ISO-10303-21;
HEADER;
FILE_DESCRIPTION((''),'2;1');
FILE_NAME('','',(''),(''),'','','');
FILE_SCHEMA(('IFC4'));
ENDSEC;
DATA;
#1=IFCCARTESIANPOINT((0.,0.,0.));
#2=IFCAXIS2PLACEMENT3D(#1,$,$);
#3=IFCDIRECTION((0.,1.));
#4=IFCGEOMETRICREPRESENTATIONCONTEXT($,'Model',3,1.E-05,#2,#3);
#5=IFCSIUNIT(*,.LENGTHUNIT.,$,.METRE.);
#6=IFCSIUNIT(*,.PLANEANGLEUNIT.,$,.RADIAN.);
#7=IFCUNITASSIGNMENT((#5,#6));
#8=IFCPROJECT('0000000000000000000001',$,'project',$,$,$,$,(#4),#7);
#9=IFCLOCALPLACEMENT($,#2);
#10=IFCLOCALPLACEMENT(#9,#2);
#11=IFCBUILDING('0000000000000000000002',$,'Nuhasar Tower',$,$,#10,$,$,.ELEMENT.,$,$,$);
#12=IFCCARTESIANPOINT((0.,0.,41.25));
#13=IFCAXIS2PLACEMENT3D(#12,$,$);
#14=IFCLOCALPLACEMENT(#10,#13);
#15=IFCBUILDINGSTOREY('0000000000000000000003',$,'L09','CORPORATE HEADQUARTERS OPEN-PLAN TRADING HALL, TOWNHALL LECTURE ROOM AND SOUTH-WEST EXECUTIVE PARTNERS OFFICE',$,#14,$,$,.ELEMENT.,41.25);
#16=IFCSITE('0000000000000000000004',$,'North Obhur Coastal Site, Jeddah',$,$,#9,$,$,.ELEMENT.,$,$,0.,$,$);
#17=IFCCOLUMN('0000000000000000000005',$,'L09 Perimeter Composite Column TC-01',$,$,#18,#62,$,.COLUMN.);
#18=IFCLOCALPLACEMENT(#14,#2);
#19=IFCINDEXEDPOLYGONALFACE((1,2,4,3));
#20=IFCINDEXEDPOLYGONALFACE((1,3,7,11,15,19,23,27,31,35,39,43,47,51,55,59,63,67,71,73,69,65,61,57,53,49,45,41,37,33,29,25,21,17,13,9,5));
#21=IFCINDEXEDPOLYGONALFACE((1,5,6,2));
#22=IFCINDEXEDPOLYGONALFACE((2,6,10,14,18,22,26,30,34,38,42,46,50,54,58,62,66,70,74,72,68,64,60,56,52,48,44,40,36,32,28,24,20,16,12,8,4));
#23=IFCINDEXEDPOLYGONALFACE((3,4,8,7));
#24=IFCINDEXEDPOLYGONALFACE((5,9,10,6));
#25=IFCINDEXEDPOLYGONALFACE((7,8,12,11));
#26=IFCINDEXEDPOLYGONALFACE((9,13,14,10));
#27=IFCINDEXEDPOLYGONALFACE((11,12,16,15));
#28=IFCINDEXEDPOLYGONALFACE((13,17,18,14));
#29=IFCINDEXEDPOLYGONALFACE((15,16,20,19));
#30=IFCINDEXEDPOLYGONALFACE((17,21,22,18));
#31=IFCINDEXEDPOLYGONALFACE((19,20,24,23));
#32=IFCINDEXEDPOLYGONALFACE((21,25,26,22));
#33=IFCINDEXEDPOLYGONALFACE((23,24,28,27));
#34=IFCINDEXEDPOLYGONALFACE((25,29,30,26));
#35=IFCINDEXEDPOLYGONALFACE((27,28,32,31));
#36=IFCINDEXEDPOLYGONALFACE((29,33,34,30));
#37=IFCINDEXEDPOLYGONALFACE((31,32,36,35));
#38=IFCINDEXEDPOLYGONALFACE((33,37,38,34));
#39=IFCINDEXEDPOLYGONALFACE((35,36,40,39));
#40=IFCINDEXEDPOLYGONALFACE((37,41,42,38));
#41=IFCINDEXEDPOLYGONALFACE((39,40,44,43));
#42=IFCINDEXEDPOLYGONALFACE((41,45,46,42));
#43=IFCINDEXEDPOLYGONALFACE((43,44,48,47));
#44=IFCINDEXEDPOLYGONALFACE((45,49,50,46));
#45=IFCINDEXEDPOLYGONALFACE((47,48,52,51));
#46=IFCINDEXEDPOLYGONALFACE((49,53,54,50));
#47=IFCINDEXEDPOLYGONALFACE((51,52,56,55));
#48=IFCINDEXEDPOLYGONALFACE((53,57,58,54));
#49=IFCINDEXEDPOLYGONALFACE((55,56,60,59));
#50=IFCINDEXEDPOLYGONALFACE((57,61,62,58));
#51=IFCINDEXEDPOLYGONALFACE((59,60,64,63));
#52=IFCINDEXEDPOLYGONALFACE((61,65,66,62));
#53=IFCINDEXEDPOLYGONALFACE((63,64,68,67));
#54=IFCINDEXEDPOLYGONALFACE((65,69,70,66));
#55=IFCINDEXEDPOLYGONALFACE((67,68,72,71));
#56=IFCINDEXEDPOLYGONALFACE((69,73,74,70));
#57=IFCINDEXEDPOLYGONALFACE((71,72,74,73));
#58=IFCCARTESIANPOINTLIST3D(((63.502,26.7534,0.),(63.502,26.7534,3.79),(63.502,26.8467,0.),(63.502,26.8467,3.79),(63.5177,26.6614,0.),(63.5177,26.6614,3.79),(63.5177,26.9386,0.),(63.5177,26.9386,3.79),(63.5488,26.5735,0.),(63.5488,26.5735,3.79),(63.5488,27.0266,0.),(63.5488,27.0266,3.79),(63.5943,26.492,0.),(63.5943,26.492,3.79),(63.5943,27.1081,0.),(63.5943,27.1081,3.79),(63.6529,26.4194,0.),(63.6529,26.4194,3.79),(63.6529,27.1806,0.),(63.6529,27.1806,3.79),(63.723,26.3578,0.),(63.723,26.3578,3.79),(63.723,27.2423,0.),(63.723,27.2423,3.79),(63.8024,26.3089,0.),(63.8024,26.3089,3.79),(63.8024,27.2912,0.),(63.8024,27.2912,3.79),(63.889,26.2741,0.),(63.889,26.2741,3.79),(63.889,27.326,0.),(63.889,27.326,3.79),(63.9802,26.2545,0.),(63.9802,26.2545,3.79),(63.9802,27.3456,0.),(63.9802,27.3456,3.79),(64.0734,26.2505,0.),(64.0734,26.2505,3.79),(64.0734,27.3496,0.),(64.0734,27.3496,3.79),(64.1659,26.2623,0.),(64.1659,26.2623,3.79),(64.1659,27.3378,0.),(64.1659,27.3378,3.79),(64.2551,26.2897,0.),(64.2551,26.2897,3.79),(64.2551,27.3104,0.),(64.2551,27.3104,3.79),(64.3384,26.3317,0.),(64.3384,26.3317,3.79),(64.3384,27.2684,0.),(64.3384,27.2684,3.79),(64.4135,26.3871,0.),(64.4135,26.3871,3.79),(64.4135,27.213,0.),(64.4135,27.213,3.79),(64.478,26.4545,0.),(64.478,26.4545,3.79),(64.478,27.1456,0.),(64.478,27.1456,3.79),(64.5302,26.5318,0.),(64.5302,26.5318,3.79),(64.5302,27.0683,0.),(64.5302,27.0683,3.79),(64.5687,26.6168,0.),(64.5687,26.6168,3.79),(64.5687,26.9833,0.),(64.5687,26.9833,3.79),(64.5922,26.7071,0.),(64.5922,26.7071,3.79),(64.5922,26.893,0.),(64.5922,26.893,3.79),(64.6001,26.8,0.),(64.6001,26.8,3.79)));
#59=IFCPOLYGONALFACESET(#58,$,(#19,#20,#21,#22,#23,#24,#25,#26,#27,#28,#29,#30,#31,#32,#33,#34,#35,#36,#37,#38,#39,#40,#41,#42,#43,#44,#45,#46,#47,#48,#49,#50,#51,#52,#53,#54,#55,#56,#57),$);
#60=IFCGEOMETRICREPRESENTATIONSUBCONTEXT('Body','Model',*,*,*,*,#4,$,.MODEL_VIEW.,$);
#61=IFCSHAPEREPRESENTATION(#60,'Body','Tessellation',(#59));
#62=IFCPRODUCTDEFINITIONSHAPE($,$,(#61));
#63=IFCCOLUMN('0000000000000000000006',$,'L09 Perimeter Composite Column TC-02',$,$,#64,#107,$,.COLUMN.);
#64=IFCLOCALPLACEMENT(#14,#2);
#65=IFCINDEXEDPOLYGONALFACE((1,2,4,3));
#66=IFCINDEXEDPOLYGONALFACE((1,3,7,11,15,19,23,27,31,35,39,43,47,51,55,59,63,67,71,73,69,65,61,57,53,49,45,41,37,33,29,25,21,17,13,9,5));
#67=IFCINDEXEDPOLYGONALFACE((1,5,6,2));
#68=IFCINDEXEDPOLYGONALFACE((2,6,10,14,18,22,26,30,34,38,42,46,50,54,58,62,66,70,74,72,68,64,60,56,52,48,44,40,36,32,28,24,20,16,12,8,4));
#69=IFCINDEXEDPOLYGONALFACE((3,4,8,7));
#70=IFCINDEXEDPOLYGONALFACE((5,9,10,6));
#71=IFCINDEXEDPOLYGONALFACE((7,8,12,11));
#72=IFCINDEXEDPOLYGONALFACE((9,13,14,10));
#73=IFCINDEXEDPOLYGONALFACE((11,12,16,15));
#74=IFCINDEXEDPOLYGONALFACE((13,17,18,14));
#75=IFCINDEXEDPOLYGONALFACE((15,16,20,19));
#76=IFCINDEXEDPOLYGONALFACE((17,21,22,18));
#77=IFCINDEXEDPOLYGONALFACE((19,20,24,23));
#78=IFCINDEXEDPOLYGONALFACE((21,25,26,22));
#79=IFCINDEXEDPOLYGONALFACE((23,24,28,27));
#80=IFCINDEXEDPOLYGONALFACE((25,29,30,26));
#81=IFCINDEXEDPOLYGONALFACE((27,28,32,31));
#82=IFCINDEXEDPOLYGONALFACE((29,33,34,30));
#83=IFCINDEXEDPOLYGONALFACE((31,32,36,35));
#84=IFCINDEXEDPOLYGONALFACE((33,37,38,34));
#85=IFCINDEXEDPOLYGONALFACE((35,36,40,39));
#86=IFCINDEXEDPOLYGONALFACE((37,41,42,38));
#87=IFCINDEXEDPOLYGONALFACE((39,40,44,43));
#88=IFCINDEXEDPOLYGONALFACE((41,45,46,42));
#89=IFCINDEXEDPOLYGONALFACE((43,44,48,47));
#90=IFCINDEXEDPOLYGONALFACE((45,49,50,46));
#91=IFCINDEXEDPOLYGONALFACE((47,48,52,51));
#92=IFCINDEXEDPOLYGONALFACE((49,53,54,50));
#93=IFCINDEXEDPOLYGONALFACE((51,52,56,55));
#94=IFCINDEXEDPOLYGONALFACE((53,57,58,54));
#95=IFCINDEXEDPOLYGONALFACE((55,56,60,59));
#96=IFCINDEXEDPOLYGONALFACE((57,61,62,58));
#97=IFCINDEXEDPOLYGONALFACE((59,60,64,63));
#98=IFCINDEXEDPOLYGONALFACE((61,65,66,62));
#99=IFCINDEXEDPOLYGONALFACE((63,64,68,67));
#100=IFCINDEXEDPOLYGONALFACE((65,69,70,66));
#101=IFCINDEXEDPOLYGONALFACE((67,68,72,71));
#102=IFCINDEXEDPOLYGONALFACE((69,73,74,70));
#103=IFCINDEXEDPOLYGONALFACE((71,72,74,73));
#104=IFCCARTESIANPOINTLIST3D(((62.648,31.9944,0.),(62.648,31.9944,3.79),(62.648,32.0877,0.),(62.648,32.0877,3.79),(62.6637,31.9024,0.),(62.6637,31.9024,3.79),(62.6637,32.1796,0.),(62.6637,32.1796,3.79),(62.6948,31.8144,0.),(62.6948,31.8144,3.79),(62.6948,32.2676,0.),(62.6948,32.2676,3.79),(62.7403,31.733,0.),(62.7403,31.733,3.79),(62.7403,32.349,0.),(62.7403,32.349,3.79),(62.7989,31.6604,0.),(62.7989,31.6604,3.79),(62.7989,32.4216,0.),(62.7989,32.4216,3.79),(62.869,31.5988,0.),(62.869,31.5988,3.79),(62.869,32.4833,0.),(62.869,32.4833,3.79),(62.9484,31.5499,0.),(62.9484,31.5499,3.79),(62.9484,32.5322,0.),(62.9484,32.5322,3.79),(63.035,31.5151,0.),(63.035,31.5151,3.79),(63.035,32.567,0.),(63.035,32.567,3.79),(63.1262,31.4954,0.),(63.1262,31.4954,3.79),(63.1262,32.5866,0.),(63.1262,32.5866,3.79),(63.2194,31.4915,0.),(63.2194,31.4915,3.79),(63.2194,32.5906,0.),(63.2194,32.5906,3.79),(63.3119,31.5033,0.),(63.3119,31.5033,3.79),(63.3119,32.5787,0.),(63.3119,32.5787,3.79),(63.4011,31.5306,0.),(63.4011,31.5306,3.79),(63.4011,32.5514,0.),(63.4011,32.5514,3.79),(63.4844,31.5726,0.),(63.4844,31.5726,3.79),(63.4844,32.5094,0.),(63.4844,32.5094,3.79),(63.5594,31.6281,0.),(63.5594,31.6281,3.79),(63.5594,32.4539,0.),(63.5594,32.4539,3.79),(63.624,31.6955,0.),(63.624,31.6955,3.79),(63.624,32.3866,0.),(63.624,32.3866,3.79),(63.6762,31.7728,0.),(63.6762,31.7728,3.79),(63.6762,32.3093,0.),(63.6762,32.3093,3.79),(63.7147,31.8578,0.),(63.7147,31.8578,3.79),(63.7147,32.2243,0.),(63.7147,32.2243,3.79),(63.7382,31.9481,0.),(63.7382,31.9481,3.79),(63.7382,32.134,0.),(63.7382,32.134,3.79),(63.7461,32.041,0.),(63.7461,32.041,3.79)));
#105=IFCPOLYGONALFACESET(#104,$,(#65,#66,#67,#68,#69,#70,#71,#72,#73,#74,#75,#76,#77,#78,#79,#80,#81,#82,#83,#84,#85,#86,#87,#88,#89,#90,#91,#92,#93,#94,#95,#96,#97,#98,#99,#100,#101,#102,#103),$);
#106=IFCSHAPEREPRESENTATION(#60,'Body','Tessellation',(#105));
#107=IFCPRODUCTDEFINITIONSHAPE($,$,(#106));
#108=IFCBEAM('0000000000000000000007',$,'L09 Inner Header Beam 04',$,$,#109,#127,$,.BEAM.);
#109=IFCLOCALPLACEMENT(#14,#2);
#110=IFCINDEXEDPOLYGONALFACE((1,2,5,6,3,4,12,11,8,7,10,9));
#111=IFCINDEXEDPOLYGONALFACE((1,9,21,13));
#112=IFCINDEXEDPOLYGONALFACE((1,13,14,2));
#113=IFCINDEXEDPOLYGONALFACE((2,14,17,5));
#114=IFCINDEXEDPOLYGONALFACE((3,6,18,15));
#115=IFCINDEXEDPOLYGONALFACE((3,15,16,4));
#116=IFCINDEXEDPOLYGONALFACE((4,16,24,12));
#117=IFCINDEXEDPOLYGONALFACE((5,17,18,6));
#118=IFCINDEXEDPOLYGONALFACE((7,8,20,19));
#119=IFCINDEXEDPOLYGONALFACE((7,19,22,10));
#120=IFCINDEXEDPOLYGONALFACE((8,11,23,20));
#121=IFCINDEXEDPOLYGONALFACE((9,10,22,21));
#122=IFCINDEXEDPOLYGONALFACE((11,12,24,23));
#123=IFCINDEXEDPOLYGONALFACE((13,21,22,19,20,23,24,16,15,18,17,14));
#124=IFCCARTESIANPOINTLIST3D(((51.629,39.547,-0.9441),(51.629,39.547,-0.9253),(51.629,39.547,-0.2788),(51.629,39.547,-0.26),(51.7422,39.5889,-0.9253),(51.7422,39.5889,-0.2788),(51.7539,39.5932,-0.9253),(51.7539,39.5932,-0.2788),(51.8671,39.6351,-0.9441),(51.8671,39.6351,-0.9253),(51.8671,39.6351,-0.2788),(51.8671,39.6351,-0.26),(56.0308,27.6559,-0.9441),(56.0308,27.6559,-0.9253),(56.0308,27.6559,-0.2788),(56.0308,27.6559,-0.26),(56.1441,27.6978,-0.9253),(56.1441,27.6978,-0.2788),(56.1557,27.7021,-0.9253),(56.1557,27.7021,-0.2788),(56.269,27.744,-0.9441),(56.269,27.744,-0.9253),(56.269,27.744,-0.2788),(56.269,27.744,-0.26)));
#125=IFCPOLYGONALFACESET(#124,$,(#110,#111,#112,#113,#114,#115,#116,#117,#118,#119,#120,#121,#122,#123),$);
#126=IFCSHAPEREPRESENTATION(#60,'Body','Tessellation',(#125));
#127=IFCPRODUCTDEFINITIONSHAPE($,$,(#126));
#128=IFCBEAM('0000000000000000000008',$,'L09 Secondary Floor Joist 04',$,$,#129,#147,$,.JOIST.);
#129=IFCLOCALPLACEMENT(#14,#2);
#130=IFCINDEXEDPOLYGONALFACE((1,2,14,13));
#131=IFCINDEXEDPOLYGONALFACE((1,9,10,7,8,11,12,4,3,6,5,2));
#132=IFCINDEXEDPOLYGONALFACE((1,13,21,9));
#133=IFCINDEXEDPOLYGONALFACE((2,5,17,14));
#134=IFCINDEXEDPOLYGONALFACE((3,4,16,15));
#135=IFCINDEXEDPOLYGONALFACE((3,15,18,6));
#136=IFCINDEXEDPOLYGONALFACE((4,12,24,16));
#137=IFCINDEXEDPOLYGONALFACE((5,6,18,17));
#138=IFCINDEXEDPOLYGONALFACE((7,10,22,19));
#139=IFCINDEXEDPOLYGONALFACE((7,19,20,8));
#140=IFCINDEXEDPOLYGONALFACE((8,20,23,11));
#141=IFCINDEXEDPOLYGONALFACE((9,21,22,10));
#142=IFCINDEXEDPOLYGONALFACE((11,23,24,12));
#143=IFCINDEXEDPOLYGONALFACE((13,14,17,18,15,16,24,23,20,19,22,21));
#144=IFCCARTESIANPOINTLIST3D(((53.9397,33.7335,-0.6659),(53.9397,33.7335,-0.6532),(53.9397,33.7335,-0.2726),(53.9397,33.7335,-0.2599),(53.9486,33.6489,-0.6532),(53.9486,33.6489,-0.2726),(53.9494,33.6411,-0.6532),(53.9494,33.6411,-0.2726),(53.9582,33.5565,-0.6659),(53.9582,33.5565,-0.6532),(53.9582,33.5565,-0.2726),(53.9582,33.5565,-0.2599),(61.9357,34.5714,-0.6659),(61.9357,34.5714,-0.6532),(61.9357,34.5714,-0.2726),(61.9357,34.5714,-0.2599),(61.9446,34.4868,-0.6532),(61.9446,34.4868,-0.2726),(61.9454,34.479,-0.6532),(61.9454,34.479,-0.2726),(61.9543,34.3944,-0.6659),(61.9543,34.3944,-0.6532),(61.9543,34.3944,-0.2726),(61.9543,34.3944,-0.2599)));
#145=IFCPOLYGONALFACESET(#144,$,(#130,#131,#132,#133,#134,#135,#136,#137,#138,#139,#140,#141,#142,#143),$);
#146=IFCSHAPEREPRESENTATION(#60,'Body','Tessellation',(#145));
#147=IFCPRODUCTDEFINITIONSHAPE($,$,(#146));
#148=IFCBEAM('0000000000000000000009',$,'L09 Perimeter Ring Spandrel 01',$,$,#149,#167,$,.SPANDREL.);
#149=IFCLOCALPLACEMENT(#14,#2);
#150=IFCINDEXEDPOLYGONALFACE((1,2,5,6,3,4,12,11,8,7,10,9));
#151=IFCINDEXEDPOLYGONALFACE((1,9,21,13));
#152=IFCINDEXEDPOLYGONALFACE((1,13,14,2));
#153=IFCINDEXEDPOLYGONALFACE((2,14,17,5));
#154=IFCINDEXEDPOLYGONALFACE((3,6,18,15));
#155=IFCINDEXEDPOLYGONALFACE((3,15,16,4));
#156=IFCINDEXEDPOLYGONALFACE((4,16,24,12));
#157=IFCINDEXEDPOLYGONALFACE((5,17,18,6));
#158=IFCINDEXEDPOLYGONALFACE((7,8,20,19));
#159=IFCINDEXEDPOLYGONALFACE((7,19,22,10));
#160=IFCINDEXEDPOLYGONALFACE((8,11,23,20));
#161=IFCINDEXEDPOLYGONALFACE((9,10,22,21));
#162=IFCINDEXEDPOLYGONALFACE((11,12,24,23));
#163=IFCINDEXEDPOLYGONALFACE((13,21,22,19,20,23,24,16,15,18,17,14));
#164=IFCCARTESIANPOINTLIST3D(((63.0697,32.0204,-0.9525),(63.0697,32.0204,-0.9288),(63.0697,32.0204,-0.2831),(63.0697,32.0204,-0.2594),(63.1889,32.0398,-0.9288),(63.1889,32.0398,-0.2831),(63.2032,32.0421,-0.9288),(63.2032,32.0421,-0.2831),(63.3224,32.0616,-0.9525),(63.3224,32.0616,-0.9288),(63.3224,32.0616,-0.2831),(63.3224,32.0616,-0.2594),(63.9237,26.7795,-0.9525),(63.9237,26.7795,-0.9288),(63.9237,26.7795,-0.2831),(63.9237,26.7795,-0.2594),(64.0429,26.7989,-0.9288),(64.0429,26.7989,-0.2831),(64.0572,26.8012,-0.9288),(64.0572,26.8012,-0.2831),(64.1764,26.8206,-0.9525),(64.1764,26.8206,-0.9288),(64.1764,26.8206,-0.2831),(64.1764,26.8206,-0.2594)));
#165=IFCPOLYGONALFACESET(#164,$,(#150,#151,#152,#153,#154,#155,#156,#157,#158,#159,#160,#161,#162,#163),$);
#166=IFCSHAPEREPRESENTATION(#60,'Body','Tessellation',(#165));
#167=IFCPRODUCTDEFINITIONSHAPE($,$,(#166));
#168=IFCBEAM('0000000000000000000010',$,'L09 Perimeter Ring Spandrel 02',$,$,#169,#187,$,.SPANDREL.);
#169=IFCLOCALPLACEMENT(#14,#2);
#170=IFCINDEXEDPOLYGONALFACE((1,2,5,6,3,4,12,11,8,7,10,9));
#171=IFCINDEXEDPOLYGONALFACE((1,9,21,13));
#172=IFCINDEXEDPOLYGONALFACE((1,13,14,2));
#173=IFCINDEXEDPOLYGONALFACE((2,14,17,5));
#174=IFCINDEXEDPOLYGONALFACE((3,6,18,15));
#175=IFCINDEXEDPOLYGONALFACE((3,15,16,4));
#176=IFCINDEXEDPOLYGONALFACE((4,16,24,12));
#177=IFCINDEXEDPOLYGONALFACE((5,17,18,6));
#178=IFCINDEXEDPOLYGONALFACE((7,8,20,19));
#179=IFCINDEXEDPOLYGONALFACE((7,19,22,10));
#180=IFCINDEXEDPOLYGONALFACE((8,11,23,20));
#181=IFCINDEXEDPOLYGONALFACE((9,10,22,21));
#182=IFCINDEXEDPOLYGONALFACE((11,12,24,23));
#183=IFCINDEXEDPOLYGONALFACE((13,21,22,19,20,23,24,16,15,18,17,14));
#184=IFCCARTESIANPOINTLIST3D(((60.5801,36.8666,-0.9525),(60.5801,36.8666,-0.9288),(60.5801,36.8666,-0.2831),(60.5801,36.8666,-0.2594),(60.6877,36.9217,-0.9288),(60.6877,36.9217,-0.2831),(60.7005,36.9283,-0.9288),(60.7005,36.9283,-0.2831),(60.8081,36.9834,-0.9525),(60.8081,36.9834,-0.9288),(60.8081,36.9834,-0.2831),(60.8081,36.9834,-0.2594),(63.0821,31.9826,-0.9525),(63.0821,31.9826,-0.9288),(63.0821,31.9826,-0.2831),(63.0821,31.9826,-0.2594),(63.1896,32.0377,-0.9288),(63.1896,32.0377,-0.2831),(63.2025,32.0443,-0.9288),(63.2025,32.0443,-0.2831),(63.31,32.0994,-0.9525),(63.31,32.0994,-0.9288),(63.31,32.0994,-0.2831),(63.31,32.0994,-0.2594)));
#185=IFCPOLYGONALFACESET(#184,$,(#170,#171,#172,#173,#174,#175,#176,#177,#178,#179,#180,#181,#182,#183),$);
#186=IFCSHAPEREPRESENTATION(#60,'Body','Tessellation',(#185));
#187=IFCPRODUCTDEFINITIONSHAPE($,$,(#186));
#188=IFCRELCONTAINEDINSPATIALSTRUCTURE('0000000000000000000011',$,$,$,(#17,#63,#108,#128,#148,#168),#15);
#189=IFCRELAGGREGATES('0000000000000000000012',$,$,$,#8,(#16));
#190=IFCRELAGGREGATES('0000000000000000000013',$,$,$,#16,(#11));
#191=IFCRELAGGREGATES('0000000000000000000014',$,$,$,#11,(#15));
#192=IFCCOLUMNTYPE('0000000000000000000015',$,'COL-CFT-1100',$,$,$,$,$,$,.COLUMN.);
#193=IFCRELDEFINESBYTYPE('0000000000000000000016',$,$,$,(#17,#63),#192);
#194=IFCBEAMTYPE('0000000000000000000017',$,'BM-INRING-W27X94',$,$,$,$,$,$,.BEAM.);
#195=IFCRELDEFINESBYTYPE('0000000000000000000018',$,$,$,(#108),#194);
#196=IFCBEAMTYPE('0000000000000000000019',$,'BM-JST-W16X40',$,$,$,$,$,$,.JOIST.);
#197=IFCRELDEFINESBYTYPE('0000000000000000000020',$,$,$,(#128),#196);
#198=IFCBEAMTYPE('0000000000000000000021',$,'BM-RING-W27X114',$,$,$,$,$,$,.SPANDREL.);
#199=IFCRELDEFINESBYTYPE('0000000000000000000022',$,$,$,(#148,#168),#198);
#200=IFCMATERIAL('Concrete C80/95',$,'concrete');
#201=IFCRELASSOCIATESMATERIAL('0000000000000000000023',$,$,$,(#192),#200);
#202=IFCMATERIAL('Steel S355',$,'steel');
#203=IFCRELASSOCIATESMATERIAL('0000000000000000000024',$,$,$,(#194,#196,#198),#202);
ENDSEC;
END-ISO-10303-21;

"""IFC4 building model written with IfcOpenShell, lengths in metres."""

from ifc_helpers import new_model, si_unit, direction, frame, origin, origin_2d, place, context, subcontext, project, spatial, circle, i_section, extrude, material, material_profile, profile_set, type_object, element, save


model = new_model("IFC4")

# Units and contexts
model_context = context("Model", 3, precision=1e-05, world=origin(), true_north=direction((0.0, 1.0)))
body_context = subcontext(model_context, "Body", "Model", "MODEL_VIEW")
ifc_project = project(units=[si_unit("LENGTHUNIT", "METRE"), si_unit("PLANEANGLEUNIT", "RADIAN")], contexts=[model_context])

# Site, building, storey
site_placement = place(None, origin())
site = spatial("IfcSite", under=ifc_project, at=site_placement, Name="North Obhur Coastal Site, Jeddah", CompositionType="ELEMENT", RefElevation=0.0)
building_placement = place(site_placement, origin())
building = spatial("IfcBuilding", under=site, at=building_placement, Name="Nuhasar Tower", CompositionType="ELEMENT")
storey_placement = place(building_placement, frame((0.0, 0.0, 41.25)))
storey = spatial("IfcBuildingStorey", under=building, at=storey_placement, Name="L09", Description="CORPORATE HEADQUARTERS OPEN-PLAN TRADING HALL, TOWNHALL LECTURE ROOM AND SOUTH-WEST EXECUTIVE PARTNERS OFFICE", CompositionType="ELEMENT", Elevation=41.25)

# Columns
ifc_material_1 = material(Name="Concrete C80/95", Category="concrete")
ifc_material_profile_1 = material_profile(ifc_material_1, circle(Radius=0.55, at=origin_2d()), Name="CFT1100")
ifc_profile_set_1 = profile_set([ifc_material_profile_1], Name="Concrete C80/95")
column_type = type_object("IfcColumnType", Name="COL-CFT-1100", PredefinedType="COLUMN", material=ifc_profile_set_1)
for number, where, z_axis, x_axis, name in (
    (1, (64.05, 26.8, 0.0), (0.0, 0.0, 1.0), (1.0, 0.0, 0.0), "L09 Perimeter Composite Column TC-01"),
    (2, (63.196, 32.041, 0.0), (0.0, 0.0, 1.0), (1.0, 0.0, 0.0), "L09 Perimeter Composite Column TC-02"),
):
    element("IfcColumn", number, at=place(storey_placement, frame(where, z_axis=z_axis, x_axis=x_axis)), inside=storey, type_object=column_type, Name=name, PredefinedType="COLUMN", context=body_context, shape_type="SweptSolid", body=[
        extrude(circle(Radius=0.55, at=origin_2d()), origin(), (0.0, 0.0, 1.0), 3.79),
    ])

# Beams
ifc_material_2 = material(Name="Steel S355", Category="steel")
ifc_material_profile_2 = material_profile(ifc_material_2, i_section(OverallWidth=0.2539, OverallDepth=0.6841, WebThickness=0.0125, FlangeThickness=0.0188, at=origin_2d()), Name="W27X94")
ifc_profile_set_2 = profile_set([ifc_material_profile_2], Name="Steel S355")
beam_type_1 = type_object("IfcBeamType", Name="BM-INRING-W27X94", PredefinedType="BEAM", material=ifc_profile_set_2)
beam_1_placement = place(storey_placement, frame((56.1499, 27.7, -0.6021), z_axis=(-0.347158, 0.937807, 0.0), x_axis=(-0.937807, -0.347158, 0.0)))
element("IfcBeam", 3, at=beam_1_placement, inside=storey, type_object=beam_type_1, Name="L09 Inner Header Beam 04", PredefinedType="BEAM", context=body_context, shape_type="SweptSolid", body=[
    extrude(i_section(OverallWidth=0.2539, OverallDepth=0.6841, WebThickness=0.0125, FlangeThickness=0.0188, at=origin_2d()), origin(), (0.0, 0.0, 1.0), 12.6797),
])
ifc_material_profile_3 = material_profile(ifc_material_2, i_section(OverallWidth=0.178, OverallDepth=0.406, WebThickness=0.0078, FlangeThickness=0.0127, at=origin_2d()), Name="W16X40")
ifc_profile_set_3 = profile_set([ifc_material_profile_3], Name="Steel S355")
beam_type_2 = type_object("IfcBeamType", Name="BM-JST-W16X40", PredefinedType="JOIST", material=ifc_profile_set_3)
beam_2_placement = place(storey_placement, frame((53.949, 33.645, -0.4629), z_axis=(0.994555, 0.104217, 0.0), x_axis=(-0.104217, 0.994555, 0.0)))
element("IfcBeam", 4, at=beam_2_placement, inside=storey, type_object=beam_type_2, Name="L09 Secondary Floor Joist 04", PredefinedType="JOIST", context=body_context, shape_type="SweptSolid", body=[
    extrude(i_section(OverallWidth=0.178, OverallDepth=0.406, WebThickness=0.0078, FlangeThickness=0.0127, at=origin_2d()), origin(), (0.0, 0.0, 1.0), 8.0398),
])
ifc_material_profile_4 = material_profile(ifc_material_2, i_section(OverallWidth=0.2561, OverallDepth=0.6931, WebThickness=0.0144, FlangeThickness=0.0237, at=origin_2d()), Name="W27X114")
ifc_profile_set_4 = profile_set([ifc_material_profile_4], Name="Steel S355")
beam_type_3 = type_object("IfcBeamType", Name="BM-RING-W27X114", PredefinedType="SPANDREL", material=ifc_profile_set_4)
beam_3_placement = place(storey_placement, frame((64.05, 26.8, -0.606), z_axis=(-0.160827, 0.986983, 0.0), x_axis=(-0.986983, -0.160827, 0.0)))
element("IfcBeam", 5, at=beam_3_placement, inside=storey, type_object=beam_type_3, Name="L09 Perimeter Ring Spandrel 01", PredefinedType="SPANDREL", context=body_context, shape_type="SweptSolid", body=[
    extrude(i_section(OverallWidth=0.2561, OverallDepth=0.6931, WebThickness=0.0144, FlangeThickness=0.0237, at=origin_2d()), origin(), (0.0, 0.0, 1.0), 5.3101),
])
beam_4_placement = place(storey_placement, frame((63.196, 32.041, -0.606), z_axis=(-0.45593, 0.890016, 0.0), x_axis=(-0.890016, -0.45593, 0.0)))
element("IfcBeam", 6, at=beam_4_placement, inside=storey, type_object=beam_type_3, Name="L09 Perimeter Ring Spandrel 02", PredefinedType="SPANDREL", context=body_context, shape_type="SweptSolid", body=[
    extrude(i_section(OverallWidth=0.2561, OverallDepth=0.6931, WebThickness=0.0144, FlangeThickness=0.0237, at=origin_2d()), origin(), (0.0, 0.0, 1.0), 5.4875),
])

save(model, "model.ifc")
